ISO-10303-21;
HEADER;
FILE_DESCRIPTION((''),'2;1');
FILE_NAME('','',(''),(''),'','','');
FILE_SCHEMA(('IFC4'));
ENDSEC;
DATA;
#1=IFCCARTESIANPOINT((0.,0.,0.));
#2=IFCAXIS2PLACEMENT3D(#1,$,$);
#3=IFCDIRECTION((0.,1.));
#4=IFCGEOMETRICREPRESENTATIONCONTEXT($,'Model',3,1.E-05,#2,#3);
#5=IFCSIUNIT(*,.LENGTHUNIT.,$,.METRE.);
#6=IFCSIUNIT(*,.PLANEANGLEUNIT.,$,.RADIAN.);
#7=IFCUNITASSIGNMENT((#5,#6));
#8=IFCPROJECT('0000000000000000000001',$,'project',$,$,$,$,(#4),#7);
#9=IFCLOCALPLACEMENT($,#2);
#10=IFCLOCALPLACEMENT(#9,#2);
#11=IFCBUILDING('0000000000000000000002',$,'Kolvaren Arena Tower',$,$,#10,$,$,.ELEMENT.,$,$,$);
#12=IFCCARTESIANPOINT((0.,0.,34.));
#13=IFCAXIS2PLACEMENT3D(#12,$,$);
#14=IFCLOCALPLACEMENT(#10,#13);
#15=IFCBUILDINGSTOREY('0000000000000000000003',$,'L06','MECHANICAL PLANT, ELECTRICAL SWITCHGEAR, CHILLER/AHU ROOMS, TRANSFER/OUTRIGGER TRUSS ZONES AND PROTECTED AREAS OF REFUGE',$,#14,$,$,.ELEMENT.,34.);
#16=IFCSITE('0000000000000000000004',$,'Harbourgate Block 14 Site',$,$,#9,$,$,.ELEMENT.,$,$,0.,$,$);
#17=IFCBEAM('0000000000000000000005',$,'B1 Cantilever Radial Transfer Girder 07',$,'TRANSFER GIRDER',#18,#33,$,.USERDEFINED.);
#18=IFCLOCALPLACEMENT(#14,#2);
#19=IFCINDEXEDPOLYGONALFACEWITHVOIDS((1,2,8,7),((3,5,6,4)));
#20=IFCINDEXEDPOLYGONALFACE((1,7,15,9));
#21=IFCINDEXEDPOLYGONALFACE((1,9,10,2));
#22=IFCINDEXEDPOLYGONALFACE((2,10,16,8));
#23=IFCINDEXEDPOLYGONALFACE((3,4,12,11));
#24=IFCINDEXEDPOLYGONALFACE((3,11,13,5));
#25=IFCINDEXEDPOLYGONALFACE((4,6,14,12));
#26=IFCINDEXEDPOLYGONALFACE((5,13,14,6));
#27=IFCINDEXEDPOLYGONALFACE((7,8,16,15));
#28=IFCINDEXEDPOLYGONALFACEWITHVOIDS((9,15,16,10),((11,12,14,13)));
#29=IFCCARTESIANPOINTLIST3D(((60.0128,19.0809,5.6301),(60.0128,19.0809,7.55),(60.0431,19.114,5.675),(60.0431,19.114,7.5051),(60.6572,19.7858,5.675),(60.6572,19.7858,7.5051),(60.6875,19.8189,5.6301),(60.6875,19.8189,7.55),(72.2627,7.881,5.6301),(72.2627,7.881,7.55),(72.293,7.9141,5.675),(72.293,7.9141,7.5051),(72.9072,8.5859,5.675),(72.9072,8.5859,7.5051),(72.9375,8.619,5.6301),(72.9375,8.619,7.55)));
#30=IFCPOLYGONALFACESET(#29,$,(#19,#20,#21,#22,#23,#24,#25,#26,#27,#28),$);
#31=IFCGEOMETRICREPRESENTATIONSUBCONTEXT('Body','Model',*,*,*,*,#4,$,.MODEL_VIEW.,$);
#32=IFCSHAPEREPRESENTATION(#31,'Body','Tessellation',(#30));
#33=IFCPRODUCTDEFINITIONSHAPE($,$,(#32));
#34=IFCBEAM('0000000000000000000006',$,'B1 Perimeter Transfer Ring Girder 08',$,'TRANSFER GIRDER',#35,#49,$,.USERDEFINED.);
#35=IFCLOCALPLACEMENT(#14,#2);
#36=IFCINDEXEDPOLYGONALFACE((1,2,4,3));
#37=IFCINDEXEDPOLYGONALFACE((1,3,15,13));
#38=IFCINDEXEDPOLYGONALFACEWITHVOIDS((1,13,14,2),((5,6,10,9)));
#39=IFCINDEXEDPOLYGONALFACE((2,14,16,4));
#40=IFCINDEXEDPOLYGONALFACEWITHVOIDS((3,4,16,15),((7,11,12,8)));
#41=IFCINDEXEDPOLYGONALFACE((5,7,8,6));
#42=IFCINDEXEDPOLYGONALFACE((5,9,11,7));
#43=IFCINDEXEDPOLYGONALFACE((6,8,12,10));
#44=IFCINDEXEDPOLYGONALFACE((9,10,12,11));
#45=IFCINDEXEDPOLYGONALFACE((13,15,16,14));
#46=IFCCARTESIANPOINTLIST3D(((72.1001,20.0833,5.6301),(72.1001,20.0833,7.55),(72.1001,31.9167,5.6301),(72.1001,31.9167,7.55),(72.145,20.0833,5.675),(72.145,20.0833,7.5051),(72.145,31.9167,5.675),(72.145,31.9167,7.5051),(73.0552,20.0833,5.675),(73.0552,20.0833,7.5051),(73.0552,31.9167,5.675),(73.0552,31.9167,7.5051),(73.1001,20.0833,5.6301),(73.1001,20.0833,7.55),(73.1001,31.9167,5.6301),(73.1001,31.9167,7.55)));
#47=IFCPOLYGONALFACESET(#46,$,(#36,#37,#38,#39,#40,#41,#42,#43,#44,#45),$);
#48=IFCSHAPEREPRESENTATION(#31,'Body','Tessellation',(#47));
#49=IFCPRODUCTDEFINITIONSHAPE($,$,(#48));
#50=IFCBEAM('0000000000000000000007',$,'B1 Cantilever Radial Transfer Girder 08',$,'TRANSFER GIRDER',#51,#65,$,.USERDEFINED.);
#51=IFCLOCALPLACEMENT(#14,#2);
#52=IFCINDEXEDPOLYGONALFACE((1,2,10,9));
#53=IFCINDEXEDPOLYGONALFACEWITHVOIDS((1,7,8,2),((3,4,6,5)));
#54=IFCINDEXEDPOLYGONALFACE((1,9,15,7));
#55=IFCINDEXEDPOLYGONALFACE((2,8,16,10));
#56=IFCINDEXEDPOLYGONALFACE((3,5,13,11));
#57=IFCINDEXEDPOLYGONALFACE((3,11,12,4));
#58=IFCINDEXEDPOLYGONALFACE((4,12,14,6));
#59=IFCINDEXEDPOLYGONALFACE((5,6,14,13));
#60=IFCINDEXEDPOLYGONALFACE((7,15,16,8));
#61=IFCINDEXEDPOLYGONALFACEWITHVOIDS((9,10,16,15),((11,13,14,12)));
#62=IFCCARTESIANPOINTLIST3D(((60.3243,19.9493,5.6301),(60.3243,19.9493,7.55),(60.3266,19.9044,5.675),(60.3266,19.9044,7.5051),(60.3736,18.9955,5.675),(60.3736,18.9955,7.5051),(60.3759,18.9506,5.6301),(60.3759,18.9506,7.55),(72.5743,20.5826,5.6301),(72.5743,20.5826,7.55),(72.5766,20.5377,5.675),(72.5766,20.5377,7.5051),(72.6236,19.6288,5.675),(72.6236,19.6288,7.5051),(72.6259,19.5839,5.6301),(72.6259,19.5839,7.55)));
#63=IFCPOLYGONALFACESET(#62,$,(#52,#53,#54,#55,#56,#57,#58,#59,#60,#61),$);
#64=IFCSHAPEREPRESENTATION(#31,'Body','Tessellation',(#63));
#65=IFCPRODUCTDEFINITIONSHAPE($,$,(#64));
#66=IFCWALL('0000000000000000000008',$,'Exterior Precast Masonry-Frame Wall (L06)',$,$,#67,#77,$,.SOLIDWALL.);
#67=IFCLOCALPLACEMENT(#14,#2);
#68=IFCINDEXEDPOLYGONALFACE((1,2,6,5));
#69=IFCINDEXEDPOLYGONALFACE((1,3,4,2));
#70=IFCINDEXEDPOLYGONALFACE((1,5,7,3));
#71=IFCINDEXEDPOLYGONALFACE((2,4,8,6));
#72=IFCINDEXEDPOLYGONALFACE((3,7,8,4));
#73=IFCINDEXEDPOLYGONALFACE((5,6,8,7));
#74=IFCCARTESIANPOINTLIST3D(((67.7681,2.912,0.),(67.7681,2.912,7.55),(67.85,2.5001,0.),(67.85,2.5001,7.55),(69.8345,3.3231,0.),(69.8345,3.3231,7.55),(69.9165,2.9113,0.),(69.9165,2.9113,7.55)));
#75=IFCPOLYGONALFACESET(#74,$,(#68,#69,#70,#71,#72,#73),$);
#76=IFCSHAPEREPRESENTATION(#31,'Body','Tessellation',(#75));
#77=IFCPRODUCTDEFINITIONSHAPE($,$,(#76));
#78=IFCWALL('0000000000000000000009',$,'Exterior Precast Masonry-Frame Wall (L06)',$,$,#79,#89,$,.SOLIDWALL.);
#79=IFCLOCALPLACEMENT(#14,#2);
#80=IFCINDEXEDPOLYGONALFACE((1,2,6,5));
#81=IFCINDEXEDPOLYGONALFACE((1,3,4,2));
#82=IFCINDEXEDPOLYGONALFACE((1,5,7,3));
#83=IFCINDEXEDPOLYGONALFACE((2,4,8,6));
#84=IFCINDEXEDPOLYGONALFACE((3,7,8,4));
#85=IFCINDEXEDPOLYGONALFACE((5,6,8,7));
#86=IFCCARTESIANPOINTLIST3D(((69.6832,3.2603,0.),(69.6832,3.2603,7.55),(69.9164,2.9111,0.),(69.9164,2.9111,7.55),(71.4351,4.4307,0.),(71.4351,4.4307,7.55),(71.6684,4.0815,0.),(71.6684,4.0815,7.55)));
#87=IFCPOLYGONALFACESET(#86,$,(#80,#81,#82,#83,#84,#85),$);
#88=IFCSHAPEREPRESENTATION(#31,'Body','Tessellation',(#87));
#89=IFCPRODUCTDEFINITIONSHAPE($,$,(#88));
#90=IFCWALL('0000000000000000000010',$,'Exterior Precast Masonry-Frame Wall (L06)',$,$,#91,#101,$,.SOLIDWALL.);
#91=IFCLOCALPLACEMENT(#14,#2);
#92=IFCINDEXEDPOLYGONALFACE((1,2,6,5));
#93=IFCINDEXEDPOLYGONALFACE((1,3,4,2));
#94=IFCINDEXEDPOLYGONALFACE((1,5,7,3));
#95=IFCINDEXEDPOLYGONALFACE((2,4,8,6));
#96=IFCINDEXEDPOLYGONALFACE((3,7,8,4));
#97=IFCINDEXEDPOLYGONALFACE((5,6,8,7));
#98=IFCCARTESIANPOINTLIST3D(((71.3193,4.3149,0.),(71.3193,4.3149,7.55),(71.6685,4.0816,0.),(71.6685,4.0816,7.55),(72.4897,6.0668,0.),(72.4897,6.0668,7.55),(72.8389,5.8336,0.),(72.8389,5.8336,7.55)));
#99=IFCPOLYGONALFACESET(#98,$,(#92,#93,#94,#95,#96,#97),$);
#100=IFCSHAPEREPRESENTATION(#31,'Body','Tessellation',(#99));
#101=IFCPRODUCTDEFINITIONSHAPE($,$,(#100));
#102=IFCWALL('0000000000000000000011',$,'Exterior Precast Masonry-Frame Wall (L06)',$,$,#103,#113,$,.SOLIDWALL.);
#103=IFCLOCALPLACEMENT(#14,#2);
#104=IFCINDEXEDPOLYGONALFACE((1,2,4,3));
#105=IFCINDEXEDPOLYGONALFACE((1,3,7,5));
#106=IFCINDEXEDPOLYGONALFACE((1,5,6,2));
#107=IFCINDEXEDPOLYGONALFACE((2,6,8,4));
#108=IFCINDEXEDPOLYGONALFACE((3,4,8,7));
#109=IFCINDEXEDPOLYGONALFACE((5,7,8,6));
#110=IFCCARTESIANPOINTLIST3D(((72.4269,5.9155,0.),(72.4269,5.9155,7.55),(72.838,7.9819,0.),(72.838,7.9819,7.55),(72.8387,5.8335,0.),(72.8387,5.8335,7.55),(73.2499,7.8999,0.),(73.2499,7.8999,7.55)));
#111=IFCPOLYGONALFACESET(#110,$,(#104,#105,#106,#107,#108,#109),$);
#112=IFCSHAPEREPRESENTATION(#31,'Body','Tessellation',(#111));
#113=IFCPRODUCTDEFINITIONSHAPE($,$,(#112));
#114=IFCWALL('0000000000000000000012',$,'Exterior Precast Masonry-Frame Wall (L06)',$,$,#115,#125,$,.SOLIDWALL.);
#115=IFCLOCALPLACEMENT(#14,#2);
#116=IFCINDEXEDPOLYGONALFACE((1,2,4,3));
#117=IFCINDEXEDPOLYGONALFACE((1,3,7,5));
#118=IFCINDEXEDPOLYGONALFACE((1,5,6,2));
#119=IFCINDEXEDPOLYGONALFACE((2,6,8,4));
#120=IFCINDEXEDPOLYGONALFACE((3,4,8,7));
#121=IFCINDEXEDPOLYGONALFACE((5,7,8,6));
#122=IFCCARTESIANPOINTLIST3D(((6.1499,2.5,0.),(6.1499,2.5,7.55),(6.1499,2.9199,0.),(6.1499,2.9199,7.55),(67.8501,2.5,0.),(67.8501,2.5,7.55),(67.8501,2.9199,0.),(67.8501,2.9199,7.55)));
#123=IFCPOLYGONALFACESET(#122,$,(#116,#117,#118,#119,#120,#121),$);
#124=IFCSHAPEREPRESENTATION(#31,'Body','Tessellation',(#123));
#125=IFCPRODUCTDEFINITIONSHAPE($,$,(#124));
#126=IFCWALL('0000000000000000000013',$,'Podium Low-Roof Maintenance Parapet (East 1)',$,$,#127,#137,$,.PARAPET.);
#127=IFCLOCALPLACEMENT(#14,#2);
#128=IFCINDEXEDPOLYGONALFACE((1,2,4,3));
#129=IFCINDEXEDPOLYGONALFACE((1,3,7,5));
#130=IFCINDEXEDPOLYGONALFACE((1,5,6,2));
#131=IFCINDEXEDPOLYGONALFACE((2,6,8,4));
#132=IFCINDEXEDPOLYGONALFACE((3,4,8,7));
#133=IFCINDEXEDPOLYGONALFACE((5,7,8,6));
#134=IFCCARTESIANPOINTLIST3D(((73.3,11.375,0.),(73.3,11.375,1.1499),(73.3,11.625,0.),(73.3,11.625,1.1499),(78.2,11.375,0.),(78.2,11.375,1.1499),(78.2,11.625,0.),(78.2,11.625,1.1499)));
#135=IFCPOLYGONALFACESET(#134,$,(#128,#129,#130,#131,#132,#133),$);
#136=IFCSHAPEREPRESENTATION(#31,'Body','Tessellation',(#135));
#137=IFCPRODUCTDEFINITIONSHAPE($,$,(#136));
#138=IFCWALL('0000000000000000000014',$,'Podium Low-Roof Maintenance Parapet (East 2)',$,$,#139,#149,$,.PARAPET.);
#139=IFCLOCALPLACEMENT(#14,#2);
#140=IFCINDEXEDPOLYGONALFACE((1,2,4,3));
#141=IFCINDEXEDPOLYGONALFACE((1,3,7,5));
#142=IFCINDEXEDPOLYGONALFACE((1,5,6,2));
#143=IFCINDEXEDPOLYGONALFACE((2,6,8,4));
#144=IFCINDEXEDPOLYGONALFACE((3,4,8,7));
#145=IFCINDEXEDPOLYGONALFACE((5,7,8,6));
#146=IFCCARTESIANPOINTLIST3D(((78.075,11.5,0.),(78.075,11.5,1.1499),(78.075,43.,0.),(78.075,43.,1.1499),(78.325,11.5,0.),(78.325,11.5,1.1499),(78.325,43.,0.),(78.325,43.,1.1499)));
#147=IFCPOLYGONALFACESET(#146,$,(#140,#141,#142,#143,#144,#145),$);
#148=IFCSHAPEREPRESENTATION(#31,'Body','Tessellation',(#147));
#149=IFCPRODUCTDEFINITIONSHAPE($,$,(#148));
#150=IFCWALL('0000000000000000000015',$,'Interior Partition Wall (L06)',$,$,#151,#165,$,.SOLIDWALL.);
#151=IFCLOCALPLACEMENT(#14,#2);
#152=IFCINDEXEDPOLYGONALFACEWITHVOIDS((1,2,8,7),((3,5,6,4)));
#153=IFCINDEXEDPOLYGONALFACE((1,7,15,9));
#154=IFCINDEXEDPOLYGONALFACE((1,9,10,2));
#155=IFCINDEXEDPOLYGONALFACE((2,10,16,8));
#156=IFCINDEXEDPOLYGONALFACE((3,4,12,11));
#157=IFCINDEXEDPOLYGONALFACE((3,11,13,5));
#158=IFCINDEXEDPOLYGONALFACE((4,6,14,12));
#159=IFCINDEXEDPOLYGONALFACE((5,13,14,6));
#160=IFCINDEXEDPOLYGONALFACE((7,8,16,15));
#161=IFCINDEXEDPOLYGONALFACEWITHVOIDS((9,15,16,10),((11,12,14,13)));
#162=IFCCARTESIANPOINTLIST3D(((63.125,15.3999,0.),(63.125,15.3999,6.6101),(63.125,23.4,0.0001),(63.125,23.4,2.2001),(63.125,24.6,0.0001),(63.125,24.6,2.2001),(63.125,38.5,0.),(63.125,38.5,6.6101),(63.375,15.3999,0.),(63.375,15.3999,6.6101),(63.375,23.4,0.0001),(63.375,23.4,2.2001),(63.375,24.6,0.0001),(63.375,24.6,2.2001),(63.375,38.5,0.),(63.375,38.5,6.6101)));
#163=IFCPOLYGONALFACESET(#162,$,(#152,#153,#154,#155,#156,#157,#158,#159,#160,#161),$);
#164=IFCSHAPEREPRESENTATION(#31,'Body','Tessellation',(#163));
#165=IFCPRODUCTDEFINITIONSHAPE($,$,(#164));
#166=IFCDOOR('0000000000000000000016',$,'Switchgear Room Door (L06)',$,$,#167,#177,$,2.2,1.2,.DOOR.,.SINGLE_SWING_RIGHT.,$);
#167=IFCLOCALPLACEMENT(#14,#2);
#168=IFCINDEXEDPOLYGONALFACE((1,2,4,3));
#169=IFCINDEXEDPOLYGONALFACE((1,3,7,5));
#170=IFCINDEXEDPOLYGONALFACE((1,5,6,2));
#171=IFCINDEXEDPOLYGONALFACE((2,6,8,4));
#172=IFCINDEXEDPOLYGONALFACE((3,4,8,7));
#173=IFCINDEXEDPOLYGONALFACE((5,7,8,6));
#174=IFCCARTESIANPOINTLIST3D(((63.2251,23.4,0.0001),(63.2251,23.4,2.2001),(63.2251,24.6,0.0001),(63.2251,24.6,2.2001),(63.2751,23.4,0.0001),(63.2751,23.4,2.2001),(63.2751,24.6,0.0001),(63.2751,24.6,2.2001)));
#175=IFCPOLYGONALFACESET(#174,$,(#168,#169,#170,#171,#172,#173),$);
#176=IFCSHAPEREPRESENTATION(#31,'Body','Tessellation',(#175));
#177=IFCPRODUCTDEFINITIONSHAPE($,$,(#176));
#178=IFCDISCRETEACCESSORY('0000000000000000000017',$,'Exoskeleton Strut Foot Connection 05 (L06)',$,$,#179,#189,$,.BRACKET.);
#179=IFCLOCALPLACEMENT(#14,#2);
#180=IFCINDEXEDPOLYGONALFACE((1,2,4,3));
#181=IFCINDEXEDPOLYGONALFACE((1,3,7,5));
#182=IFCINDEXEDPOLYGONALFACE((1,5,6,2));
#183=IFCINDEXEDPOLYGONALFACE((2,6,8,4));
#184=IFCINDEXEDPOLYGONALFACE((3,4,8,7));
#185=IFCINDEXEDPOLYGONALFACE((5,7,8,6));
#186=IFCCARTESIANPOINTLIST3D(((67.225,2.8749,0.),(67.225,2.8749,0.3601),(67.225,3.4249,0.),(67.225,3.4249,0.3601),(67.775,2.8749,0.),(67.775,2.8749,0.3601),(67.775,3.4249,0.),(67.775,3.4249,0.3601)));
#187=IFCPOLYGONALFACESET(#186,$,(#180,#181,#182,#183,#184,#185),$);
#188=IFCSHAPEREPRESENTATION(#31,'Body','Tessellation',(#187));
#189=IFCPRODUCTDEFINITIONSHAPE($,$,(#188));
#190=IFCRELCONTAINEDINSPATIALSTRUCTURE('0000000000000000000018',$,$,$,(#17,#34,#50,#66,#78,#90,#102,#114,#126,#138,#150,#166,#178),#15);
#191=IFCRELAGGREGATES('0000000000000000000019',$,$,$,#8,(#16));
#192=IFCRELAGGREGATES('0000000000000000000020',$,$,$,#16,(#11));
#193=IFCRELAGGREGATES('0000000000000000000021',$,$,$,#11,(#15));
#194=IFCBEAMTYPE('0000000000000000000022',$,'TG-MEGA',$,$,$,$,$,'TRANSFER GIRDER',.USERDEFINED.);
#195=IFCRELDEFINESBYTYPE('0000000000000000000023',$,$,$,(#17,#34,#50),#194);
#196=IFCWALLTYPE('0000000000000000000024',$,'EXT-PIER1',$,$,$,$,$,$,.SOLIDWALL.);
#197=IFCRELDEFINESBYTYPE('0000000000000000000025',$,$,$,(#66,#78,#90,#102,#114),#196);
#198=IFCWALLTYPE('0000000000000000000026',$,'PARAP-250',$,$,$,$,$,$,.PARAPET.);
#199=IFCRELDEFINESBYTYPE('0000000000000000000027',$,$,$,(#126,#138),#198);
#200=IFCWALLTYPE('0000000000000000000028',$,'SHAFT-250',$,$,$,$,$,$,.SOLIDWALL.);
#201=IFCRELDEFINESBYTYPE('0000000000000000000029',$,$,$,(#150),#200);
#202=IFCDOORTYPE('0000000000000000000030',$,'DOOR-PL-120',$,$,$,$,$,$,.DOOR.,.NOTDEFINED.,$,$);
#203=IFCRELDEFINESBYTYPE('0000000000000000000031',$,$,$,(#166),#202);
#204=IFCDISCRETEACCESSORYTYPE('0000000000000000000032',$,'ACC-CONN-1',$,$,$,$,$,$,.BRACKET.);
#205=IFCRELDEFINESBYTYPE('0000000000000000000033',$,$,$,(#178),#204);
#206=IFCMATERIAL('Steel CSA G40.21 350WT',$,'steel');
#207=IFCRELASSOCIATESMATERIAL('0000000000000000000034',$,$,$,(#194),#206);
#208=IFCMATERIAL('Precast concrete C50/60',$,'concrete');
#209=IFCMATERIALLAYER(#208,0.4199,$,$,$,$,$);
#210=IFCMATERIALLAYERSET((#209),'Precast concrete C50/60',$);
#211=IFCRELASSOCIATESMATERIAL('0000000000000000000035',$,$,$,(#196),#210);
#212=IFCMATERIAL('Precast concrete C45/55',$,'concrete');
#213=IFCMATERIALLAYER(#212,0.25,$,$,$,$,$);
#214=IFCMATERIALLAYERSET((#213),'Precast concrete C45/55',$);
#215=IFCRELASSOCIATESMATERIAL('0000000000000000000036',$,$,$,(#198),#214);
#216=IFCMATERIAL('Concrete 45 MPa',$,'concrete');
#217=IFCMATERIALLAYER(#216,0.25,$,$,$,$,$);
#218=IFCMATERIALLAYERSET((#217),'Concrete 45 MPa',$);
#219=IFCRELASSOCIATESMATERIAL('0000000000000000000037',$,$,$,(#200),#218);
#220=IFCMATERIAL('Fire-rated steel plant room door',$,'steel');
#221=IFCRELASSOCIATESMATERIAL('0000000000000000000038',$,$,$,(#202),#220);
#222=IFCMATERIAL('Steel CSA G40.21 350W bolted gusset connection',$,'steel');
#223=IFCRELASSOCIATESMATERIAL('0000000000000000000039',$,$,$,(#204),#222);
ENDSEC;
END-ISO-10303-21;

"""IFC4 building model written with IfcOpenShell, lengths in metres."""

from ifc_helpers import new_model, si_unit, direction, frame, frame_2d, origin, origin_2d, place, context, subcontext, project, spatial, rectangle, hollow_rectangle, extrude, material, layer, layer_set, material_profile, profile_set, type_object, element, fill, save


model = new_model("IFC4")

# Units and contexts
model_context = context("Model", 3, precision=1e-05, world=origin(), true_north=direction((0.0, 1.0)))
body_context = subcontext(model_context, "Body", "Model", "MODEL_VIEW")
ifc_project = project(units=[si_unit("LENGTHUNIT", "METRE"), si_unit("PLANEANGLEUNIT", "RADIAN")], contexts=[model_context])

# Site, building, storey
site_placement = place(None, origin())
site = spatial("IfcSite", under=ifc_project, at=site_placement, Name="Harbourgate Block 14 Site", CompositionType="ELEMENT", RefElevation=0.0)
building_placement = place(site_placement, origin())
building = spatial("IfcBuilding", under=site, at=building_placement, Name="Kolvaren Arena Tower", CompositionType="ELEMENT")
storey_placement = place(building_placement, frame((0.0, 0.0, 34.0)))
storey = spatial("IfcBuildingStorey", under=building, at=storey_placement, Name="L06", Description="MECHANICAL PLANT, ELECTRICAL SWITCHGEAR, CHILLER/AHU ROOMS, TRANSFER/OUTRIGGER TRUSS ZONES AND PROTECTED AREAS OF REFUGE", CompositionType="ELEMENT", Elevation=34.0)

# Shared definitions
ifc_material_1 = material(Name="Steel CSA G40.21 350WT", Category="steel")

# Beams
ifc_material_profile_1 = material_profile(ifc_material_1, hollow_rectangle(XDim=1.0, YDim=1.9199, WallThickness=0.0449, at=origin_2d()), Name="BOX 1000x1920x45")
ifc_profile_set_1 = profile_set([ifc_material_profile_1], Name="Steel CSA G40.21 350WT")
beam_type_1 = type_object("IfcBeamType", Name="TG-MEGA", ElementType="TRANSFER GIRDER", PredefinedType="USERDEFINED", material=ifc_profile_set_1)
beam_1_placement = place(storey_placement, frame((72.6001, 8.25, 6.5901), z_axis=(-0.73803, 0.674768, 0.0), x_axis=(-0.674768, -0.73803, 0.0)))
element("IfcBeam", 1, at=beam_1_placement, inside=storey, type_object=beam_type_1, Name="B1 Cantilever Radial Transfer Girder 07", ObjectType="TRANSFER GIRDER", PredefinedType="USERDEFINED", context=body_context, shape_type="SweptSolid", body=[
    extrude(hollow_rectangle(XDim=1.0, YDim=1.9199, WallThickness=0.0449, at=origin_2d()), origin(), (0.0, 0.0, 1.0), 16.5981),
])
beam_2_placement = place(storey_placement, frame((72.6001, 20.0833, 6.5901), z_axis=(0.0, 1.0, 0.0), x_axis=(-1.0, 0.0, 0.0)))
element("IfcBeam", 2, at=beam_2_placement, inside=storey, type_object=beam_type_1, Name="B1 Perimeter Transfer Ring Girder 08", ObjectType="TRANSFER GIRDER", PredefinedType="USERDEFINED", context=body_context, shape_type="SweptSolid", body=[
    extrude(hollow_rectangle(XDim=1.0, YDim=1.9199, WallThickness=0.0449, at=origin_2d()), origin(), (0.0, 0.0, 1.0), 11.8335),
])
beam_3_placement = place(storey_placement, frame((72.6001, 20.0833, 6.5901), z_axis=(-0.998666, -0.051629, 0.0), x_axis=(0.051629, -0.998666, 0.0)))
element("IfcBeam", 3, at=beam_3_placement, inside=storey, type_object=beam_type_1, Name="B1 Cantilever Radial Transfer Girder 08", ObjectType="TRANSFER GIRDER", PredefinedType="USERDEFINED", context=body_context, shape_type="SweptSolid", body=[
    extrude(hollow_rectangle(XDim=1.0, YDim=1.9199, WallThickness=0.0449, at=origin_2d()), origin(), (0.0, 0.0, 1.0), 12.2664),
])

# Walls
ifc_material_2 = material(Name="Precast concrete C50/60", Category="concrete")
ifc_layer_1 = layer(ifc_material_2, 0.4199)
ifc_layer_set_1 = layer_set([ifc_layer_1], Name="Precast concrete C50/60")
wall_type_1 = type_object("IfcWallType", Name="EXT-PIER1", PredefinedType="SOLIDWALL", material=ifc_layer_set_1)
for number, where, z_axis, x_axis, name in (
    (4, (69.8755, 3.1172, 0.0), (0.0, 0.0, 1.0), (-0.980776, -0.195136, 0.0), "Exterior Precast Masonry-Frame Wall (L06)"),
    (5, (71.5518, 4.2561, 0.0), (0.0, 0.0, 1.0), (-0.831515, -0.555502, 0.0), "Exterior Precast Masonry-Frame Wall (L06)"),
    (6, (72.6643, 5.9502, 0.0), (0.0, 0.0, 1.0), (-0.555502, -0.831515, 0.0), "Exterior Precast Masonry-Frame Wall (L06)"),
    (7, (73.0439, 7.9409, 0.0), (0.0, 0.0, 1.0), (-0.195136, -0.980776, 0.0), "Exterior Precast Masonry-Frame Wall (L06)"),
):
    element("IfcWall", number, at=place(storey_placement, frame(where, z_axis=z_axis, x_axis=x_axis)), inside=storey, type_object=wall_type_1, Name=name, PredefinedType="SOLIDWALL", context=body_context, shape_type="SweptSolid", body=[
        extrude(rectangle(XDim=2.1069, YDim=0.4199, at=frame_2d((1.0535, 0.0))), origin(), (0.0, 0.0, 1.0), 7.55),
    ])
wall_1_placement = place(storey_placement, frame((67.8501, 2.71, 0.0), z_axis=(0.0, 0.0, 1.0), x_axis=(-1.0, 0.0, 0.0)))
element("IfcWall", 8, at=wall_1_placement, inside=storey, type_object=wall_type_1, Name="Exterior Precast Masonry-Frame Wall (L06)", PredefinedType="SOLIDWALL", context=body_context, shape_type="SweptSolid", body=[
    extrude(rectangle(XDim=61.7002, YDim=0.4199, at=frame_2d((30.8501, 0.0))), origin(), (0.0, 0.0, 1.0), 7.55),
])
ifc_material_3 = material(Name="Precast concrete C45/55", Category="concrete")
ifc_layer_2 = layer(ifc_material_3, 0.25)
ifc_layer_set_2 = layer_set([ifc_layer_2], Name="Precast concrete C45/55")
wall_type_2 = type_object("IfcWallType", Name="PARAP-250", PredefinedType="PARAPET", material=ifc_layer_set_2)
wall_2_placement = place(storey_placement, frame((73.3, 11.5, 0.0), z_axis=(0.0, 0.0, 1.0), x_axis=(1.0, 0.0, 0.0)))
element("IfcWall", 9, at=wall_2_placement, inside=storey, type_object=wall_type_2, Name="Podium Low-Roof Maintenance Parapet (East 1)", PredefinedType="PARAPET", context=body_context, shape_type="SweptSolid", body=[
    extrude(rectangle(XDim=4.8999, YDim=0.25, at=frame_2d((2.45, 0.0))), origin(), (0.0, 0.0, 1.0), 1.1499),
])
wall_3_placement = place(storey_placement, frame((78.2, 11.5, 0.0), z_axis=(0.0, 0.0, 1.0), x_axis=(0.0, 1.0, 0.0)))
element("IfcWall", 10, at=wall_3_placement, inside=storey, type_object=wall_type_2, Name="Podium Low-Roof Maintenance Parapet (East 2)", PredefinedType="PARAPET", context=body_context, shape_type="SweptSolid", body=[
    extrude(rectangle(XDim=31.5, YDim=0.25, at=frame_2d((15.75, 0.0))), origin(), (0.0, 0.0, 1.0), 1.1499),
])

# Wall, opening, door
ifc_material_4 = material(Name="Concrete 45 MPa", Category="concrete")
ifc_layer_3 = layer(ifc_material_4, 0.25)
ifc_layer_set_3 = layer_set([ifc_layer_3], Name="Concrete 45 MPa")
wall_type_3 = type_object("IfcWallType", Name="SHAFT-250", PredefinedType="SOLIDWALL", material=ifc_layer_set_3)
wall_4_placement = place(storey_placement, frame((63.25, 15.3999, 0.0), z_axis=(0.0, 0.0, 1.0), x_axis=(0.0, 1.0, 0.0)))
wall_4 = element("IfcWall", 11, at=wall_4_placement, inside=storey, type_object=wall_type_3, Name="Interior Partition Wall (L06)", PredefinedType="SOLIDWALL", context=body_context, shape_type="SweptSolid", body=[
    extrude(rectangle(XDim=23.1001, YDim=0.25, at=frame_2d((11.55, 0.0))), origin(), (0.0, 0.0, 1.0), 6.6101),
])
opening_placement = place(wall_4_placement, frame((8.0, 0.0, 0.0)))
opening = element("IfcOpeningElement", 12, at=opening_placement, cuts=wall_4, PredefinedType="OPENING", context=body_context, shape_type="SweptSolid", body=[
    extrude(rectangle(XDim=1.2, YDim=2.2, at=frame_2d((0.6001, 1.1001))), frame((0.0, 0.135, 0.0), z_axis=(0.0, -1.0, 0.0), x_axis=(1.0, 0.0, 0.0)), (0.0, 0.0, 1.0), 0.27),
])
ifc_material_5 = material(Name="Fire-rated steel plant room door", Category="steel")
door_type = type_object("IfcDoorType", Name="DOOR-PL-120", OperationType="NOTDEFINED", PredefinedType="DOOR", material=ifc_material_5)
door_placement = place(opening_placement, origin())
door = element("IfcDoor", 13, at=door_placement, inside=storey, type_object=door_type, Name="Switchgear Room Door (L06)", OperationType="SINGLE_SWING_RIGHT", OverallHeight=2.2, OverallWidth=1.2, PredefinedType="DOOR", context=body_context, shape_type="SweptSolid", body=[
    extrude(rectangle(XDim=1.2, YDim=2.2, at=frame_2d((0.6001, 1.1001))), frame((0.0, 0.0249, 0.0), z_axis=(0.0, -1.0, 0.0), x_axis=(1.0, 0.0, 0.0)), (0.0, 0.0, 1.0), 0.05),
])
fill(opening, door)

# Discrete accessory
ifc_material_6 = material(Name="Steel CSA G40.21 350W bolted gusset connection", Category="steel")
discrete_accessory_type = type_object("IfcDiscreteAccessoryType", Name="ACC-CONN-1", PredefinedType="BRACKET", material=ifc_material_6)
discrete_accessory_1_placement = place(storey_placement, frame((67.5, 3.1499, 0.0), z_axis=(0.0, 0.0, 1.0), x_axis=(1.0, 0.0, 0.0)))
element("IfcDiscreteAccessory", 14, at=discrete_accessory_1_placement, inside=storey, type_object=discrete_accessory_type, Name="Exoskeleton Strut Foot Connection 05 (L06)", PredefinedType="BRACKET", context=body_context, shape_type="SweptSolid", body=[
    extrude(rectangle(XDim=0.55, YDim=0.55, at=origin_2d()), origin(), (0.0, 0.0, 1.0), 0.3601),
])

save(model, "model.ifc")
